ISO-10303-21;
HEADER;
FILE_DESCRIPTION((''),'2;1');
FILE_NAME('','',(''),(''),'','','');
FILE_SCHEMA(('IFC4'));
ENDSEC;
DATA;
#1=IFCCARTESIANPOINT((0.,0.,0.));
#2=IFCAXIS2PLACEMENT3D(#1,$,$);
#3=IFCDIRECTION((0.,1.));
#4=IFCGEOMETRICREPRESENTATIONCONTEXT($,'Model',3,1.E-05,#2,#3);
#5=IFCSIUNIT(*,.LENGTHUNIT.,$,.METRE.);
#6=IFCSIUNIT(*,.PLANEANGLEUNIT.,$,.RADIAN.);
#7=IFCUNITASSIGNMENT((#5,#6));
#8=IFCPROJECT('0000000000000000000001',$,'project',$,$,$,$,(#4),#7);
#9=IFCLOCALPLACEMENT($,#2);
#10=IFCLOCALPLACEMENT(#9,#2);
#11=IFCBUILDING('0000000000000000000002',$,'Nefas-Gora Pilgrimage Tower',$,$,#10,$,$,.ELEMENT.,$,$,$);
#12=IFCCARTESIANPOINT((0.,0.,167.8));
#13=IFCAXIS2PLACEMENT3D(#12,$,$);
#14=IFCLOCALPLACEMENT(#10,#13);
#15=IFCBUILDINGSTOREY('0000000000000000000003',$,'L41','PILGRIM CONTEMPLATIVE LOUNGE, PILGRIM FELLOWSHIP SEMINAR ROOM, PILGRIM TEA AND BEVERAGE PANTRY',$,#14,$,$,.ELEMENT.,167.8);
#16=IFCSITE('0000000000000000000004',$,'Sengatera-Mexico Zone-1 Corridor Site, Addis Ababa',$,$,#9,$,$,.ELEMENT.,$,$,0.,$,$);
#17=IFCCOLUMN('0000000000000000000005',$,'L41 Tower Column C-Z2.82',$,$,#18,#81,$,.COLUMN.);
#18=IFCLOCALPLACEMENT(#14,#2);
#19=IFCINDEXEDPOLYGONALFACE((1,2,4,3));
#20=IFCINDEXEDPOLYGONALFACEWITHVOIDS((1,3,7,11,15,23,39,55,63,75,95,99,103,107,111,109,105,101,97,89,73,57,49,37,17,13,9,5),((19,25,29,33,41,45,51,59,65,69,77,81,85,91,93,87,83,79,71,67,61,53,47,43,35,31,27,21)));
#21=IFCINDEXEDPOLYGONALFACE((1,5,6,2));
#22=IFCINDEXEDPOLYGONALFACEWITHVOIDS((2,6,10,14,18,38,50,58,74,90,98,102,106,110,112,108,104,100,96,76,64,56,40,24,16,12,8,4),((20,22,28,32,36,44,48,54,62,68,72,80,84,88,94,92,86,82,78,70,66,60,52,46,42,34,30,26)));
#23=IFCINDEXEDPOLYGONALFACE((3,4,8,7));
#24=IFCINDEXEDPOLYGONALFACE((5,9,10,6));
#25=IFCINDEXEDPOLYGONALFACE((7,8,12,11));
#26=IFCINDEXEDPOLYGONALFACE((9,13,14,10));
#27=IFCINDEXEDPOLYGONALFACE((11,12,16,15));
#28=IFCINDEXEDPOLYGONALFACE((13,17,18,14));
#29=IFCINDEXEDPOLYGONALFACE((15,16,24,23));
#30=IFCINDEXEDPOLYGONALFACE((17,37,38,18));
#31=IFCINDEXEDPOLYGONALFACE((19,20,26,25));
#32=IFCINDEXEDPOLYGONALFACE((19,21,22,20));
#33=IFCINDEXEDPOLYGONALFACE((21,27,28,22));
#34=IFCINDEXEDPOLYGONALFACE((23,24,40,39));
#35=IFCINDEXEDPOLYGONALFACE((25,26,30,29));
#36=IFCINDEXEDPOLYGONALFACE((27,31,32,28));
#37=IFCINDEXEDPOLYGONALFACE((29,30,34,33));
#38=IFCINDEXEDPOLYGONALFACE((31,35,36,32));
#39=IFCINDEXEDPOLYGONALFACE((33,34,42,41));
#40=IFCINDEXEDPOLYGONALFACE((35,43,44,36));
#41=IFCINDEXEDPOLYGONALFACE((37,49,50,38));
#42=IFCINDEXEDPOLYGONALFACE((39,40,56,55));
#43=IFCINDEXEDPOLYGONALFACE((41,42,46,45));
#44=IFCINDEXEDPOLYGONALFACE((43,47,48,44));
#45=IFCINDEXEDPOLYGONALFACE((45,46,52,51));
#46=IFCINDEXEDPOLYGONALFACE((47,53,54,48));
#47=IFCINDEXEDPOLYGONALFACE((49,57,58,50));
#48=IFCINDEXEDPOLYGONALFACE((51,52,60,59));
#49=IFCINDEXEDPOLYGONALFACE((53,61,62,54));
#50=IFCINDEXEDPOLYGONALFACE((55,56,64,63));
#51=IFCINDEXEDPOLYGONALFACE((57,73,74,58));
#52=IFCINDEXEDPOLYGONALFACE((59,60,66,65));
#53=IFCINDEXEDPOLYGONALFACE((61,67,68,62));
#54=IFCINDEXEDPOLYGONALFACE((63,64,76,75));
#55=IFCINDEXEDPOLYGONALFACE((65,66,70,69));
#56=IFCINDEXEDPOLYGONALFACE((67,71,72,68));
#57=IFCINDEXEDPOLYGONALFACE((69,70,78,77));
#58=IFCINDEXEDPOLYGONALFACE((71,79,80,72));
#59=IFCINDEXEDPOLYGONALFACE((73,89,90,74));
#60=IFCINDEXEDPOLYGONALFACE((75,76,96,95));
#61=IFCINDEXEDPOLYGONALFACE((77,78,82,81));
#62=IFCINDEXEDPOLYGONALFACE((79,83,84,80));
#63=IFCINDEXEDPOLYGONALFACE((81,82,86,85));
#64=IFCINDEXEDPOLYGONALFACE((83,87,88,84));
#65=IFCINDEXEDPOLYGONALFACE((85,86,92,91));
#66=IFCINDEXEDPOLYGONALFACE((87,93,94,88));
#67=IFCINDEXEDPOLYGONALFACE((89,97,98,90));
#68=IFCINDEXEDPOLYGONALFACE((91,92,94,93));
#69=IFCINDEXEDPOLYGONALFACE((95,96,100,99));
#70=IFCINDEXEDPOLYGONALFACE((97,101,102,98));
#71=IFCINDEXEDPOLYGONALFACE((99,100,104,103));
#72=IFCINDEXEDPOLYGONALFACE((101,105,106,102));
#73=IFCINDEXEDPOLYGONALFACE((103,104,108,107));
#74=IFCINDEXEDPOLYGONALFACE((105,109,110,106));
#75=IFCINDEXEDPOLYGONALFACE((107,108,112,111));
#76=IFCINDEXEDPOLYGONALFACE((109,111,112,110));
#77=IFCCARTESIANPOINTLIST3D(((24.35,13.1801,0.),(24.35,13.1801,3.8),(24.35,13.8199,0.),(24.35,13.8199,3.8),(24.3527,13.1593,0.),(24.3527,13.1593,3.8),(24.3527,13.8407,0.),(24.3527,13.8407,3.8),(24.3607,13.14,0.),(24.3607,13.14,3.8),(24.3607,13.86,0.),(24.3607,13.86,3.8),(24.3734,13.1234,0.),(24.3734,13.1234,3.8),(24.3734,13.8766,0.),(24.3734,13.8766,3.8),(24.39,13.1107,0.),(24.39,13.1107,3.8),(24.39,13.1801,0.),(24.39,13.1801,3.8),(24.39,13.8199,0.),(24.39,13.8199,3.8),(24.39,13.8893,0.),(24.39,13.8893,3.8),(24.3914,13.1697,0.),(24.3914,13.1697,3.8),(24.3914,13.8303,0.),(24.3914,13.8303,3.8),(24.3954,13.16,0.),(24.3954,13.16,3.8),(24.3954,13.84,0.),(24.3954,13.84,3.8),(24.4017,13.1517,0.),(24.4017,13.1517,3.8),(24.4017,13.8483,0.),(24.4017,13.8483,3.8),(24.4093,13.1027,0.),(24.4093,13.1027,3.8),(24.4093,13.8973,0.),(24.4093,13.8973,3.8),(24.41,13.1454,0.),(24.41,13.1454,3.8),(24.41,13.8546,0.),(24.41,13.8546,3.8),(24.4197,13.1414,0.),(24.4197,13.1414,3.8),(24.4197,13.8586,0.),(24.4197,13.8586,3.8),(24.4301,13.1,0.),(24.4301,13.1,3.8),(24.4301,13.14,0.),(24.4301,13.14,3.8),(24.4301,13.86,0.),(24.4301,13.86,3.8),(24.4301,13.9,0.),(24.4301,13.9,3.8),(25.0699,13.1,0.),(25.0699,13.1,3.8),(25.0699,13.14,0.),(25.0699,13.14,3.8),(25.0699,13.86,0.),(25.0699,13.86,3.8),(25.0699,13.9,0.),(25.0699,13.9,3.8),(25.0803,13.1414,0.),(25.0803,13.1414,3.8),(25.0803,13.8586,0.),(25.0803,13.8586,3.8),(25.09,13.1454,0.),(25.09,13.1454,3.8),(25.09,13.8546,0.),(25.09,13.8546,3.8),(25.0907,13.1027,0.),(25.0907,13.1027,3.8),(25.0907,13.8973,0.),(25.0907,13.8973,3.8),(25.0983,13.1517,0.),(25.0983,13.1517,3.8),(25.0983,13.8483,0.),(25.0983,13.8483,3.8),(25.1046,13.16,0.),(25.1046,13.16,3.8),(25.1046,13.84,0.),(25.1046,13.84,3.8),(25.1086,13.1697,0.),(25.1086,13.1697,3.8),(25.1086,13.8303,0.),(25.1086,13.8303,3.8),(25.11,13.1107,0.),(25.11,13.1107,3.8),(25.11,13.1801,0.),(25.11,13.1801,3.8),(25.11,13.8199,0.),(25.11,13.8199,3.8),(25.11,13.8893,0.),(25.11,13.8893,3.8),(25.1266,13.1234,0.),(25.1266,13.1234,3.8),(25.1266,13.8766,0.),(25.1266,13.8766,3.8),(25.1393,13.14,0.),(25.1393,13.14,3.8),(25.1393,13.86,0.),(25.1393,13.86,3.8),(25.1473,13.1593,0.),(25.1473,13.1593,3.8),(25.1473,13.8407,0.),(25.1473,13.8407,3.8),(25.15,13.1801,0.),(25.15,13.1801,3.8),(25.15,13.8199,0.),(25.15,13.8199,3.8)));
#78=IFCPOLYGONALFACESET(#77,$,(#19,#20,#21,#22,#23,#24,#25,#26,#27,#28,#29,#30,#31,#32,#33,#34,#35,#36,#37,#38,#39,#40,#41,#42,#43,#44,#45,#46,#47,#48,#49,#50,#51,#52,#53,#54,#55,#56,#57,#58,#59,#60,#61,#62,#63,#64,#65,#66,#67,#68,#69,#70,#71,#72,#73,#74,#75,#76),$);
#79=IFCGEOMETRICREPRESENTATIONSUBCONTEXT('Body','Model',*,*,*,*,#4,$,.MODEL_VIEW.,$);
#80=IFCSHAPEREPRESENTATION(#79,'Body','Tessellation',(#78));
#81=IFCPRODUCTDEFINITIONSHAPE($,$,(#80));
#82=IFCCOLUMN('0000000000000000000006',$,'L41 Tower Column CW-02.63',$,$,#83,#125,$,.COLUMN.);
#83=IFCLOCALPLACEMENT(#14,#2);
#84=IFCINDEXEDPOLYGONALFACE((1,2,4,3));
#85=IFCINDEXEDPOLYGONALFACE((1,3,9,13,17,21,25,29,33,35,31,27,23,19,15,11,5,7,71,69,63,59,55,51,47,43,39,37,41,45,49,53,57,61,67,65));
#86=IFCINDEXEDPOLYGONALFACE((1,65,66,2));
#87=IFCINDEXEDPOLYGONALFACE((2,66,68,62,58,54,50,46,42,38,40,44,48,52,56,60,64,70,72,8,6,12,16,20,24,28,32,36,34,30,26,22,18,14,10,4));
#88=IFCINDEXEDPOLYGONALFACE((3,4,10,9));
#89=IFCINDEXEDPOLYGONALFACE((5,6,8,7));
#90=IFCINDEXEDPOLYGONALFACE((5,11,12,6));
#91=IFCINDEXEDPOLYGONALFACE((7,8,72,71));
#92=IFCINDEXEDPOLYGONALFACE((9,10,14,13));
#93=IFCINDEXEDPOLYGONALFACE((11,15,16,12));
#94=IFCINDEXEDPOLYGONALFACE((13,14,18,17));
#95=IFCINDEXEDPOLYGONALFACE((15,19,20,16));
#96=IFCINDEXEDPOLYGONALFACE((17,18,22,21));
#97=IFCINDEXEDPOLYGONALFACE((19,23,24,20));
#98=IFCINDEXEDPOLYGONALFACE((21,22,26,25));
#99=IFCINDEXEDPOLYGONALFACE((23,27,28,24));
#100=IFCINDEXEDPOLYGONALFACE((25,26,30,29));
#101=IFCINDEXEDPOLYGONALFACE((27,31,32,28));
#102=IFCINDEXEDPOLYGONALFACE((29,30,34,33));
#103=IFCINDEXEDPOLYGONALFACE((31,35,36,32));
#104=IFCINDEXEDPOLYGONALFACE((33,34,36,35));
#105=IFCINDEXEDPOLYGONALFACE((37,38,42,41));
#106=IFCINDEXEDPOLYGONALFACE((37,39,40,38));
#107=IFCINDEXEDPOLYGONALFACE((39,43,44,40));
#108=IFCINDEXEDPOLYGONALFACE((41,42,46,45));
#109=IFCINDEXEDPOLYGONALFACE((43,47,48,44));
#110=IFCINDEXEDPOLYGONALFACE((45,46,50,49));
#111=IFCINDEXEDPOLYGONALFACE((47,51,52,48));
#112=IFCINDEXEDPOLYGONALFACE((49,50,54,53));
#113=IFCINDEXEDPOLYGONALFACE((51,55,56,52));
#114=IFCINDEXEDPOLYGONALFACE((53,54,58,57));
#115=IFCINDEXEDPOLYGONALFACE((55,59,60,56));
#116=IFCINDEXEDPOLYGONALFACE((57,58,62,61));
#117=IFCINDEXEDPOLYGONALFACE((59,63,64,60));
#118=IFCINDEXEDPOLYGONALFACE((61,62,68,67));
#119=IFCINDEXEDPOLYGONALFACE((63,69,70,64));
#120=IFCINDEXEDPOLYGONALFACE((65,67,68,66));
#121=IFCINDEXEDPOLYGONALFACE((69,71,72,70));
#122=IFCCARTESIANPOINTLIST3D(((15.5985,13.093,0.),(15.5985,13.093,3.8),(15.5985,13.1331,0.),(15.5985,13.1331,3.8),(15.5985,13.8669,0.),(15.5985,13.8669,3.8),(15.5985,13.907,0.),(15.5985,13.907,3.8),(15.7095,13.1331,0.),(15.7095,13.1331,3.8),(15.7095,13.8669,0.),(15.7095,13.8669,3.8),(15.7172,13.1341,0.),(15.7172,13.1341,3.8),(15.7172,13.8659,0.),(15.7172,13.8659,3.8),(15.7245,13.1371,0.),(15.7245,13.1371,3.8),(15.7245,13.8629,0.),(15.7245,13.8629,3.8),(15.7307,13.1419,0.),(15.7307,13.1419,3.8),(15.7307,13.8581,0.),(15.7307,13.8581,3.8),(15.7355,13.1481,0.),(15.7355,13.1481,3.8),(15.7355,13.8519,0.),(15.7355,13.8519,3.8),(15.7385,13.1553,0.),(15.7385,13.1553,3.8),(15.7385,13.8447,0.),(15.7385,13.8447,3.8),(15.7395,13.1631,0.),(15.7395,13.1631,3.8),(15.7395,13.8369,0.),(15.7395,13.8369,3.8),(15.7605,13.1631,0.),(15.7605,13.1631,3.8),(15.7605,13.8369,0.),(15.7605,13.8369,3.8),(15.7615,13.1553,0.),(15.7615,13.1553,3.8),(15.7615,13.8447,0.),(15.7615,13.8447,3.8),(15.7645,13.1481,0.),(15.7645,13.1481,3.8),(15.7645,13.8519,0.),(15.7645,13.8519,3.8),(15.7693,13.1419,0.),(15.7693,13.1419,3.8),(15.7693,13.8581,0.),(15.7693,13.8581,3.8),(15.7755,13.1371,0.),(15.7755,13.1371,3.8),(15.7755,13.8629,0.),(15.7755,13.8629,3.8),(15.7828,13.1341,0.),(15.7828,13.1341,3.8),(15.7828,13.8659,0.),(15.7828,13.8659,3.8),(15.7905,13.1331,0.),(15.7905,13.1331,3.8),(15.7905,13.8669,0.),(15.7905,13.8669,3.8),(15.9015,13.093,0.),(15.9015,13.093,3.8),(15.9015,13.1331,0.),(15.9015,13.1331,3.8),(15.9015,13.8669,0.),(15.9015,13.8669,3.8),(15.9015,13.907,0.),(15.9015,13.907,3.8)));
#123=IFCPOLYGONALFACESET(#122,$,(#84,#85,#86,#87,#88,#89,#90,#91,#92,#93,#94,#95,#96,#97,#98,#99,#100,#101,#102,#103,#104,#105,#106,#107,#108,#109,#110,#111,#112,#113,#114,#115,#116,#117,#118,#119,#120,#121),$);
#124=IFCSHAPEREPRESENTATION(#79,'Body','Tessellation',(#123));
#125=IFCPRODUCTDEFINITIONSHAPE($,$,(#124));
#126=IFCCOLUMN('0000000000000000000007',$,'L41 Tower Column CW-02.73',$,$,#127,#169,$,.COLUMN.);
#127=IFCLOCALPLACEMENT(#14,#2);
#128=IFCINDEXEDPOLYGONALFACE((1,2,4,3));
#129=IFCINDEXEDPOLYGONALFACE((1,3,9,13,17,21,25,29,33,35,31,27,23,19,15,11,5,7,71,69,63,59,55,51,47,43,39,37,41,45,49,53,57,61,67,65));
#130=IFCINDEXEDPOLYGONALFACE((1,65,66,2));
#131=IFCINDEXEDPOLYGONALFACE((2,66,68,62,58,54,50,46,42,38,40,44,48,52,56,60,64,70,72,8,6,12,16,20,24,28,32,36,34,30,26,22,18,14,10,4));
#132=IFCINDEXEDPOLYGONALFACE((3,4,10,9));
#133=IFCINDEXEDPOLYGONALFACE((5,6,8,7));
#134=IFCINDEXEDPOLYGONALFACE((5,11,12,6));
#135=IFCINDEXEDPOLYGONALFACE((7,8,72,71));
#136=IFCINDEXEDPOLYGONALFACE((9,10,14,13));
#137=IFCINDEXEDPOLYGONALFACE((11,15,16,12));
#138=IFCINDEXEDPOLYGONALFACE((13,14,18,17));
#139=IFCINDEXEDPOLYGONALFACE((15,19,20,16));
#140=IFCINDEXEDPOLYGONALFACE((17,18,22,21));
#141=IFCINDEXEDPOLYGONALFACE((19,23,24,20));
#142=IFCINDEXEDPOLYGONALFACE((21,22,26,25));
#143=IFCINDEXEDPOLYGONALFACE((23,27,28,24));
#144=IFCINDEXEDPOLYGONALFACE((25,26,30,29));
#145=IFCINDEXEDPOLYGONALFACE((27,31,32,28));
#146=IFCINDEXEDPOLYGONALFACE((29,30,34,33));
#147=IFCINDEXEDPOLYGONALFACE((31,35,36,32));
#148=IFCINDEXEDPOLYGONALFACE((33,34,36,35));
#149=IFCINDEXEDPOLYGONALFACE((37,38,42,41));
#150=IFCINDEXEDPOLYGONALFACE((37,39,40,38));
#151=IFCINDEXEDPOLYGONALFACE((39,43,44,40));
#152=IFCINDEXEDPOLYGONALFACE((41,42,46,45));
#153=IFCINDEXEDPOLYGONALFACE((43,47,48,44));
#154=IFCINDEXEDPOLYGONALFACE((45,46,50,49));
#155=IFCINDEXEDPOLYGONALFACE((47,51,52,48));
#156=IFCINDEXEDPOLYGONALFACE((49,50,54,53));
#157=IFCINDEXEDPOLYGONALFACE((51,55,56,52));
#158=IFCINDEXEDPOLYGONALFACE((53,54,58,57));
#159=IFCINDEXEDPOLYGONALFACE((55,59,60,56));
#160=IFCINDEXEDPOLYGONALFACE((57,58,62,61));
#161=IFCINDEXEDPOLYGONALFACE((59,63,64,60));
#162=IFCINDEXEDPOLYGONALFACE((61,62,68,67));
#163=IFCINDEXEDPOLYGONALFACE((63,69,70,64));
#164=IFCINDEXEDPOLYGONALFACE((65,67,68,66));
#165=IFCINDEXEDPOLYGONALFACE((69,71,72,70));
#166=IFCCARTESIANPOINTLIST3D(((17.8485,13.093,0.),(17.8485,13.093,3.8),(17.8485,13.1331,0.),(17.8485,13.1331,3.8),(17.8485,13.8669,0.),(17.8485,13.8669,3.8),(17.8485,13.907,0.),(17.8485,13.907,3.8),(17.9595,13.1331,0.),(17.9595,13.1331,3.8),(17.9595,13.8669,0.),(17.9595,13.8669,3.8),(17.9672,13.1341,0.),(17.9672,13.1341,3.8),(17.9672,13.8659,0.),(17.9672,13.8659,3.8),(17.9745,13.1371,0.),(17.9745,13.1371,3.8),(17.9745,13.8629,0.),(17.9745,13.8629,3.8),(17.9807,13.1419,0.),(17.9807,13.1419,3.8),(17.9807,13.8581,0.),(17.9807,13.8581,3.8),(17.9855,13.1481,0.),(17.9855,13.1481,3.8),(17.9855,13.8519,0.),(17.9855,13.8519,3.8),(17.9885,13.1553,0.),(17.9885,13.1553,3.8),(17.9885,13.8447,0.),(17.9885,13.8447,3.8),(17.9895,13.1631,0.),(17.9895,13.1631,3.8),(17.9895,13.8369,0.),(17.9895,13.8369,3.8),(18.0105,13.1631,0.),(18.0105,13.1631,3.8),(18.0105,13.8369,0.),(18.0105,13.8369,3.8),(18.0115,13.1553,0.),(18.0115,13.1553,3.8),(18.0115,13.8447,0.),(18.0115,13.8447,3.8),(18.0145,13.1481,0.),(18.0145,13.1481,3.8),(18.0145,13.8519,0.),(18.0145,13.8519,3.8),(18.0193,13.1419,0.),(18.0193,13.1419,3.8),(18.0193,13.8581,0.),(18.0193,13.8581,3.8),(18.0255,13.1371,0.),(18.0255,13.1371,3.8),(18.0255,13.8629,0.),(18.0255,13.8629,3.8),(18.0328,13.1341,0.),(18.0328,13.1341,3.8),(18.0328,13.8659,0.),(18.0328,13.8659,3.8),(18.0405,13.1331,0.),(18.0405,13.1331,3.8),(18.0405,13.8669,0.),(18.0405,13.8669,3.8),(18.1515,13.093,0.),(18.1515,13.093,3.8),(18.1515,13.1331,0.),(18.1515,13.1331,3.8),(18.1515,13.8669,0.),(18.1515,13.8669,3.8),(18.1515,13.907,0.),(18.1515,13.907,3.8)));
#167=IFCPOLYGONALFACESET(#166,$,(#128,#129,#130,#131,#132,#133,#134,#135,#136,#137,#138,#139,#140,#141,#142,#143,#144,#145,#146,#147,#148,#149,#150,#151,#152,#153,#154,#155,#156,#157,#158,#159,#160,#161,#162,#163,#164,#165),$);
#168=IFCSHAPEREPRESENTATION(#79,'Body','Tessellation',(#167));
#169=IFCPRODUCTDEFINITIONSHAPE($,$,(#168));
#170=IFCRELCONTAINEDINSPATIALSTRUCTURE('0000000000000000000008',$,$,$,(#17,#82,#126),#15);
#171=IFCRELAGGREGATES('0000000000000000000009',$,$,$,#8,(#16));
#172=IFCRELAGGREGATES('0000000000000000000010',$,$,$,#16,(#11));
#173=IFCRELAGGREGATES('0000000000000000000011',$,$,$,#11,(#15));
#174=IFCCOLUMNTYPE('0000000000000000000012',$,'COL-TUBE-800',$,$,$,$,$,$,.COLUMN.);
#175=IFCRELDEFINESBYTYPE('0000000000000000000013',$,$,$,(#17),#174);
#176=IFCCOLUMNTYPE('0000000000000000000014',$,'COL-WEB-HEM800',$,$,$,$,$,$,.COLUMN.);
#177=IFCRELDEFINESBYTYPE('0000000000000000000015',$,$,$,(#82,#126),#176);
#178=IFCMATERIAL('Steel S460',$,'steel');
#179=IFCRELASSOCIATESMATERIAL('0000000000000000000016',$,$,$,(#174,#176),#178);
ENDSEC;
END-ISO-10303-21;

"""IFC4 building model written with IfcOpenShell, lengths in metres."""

from ifc_helpers import new_model, si_unit, direction, frame, origin, origin_2d, place, context, subcontext, project, spatial, hollow_rectangle, i_section, extrude, source, transform, mapped, material, material_profile, profile_set, type_object, element, save


model = new_model("IFC4")

# Units and contexts
model_context = context("Model", 3, precision=1e-05, world=origin(), true_north=direction((0.0, 1.0)))
body_context = subcontext(model_context, "Body", "Model", "MODEL_VIEW")
ifc_project = project(units=[si_unit("LENGTHUNIT", "METRE"), si_unit("PLANEANGLEUNIT", "RADIAN")], contexts=[model_context])

# Site, building, storey
site_placement = place(None, origin())
site = spatial("IfcSite", under=ifc_project, at=site_placement, Name="Sengatera-Mexico Zone-1 Corridor Site, Addis Ababa", CompositionType="ELEMENT", RefElevation=0.0)
building_placement = place(site_placement, origin())
building = spatial("IfcBuilding", under=site, at=building_placement, Name="Nefas-Gora Pilgrimage Tower", CompositionType="ELEMENT")
storey_placement = place(building_placement, frame((0.0, 0.0, 167.8)))
storey = spatial("IfcBuildingStorey", under=building, at=storey_placement, Name="L41", Description="PILGRIM CONTEMPLATIVE LOUNGE, PILGRIM FELLOWSHIP SEMINAR ROOM, PILGRIM TEA AND BEVERAGE PANTRY", CompositionType="ELEMENT", Elevation=167.8)

# Columns
ifc_material_1 = material(Name="Steel S460", Category="steel")
ifc_material_profile_1 = material_profile(ifc_material_1, hollow_rectangle(XDim=0.8, YDim=0.8, WallThickness=0.04, InnerFilletRadius=0.04, OuterFilletRadius=0.0801, at=origin_2d()), Name="BOX 800x800x40")
ifc_profile_set_1 = profile_set([ifc_material_profile_1], Name="Steel S460")
column_type_1 = type_object("IfcColumnType", Name="COL-TUBE-800", PredefinedType="COLUMN", material=ifc_profile_set_1)
shared_shape_1 = source(origin(), body_context, "Body", "SweptSolid", [
    extrude(hollow_rectangle(XDim=0.8, YDim=0.8, WallThickness=0.04, InnerFilletRadius=0.04, OuterFilletRadius=0.0801, at=origin_2d()), origin(), (0.0, 0.0, 1.0), 3.8),
])
for number, where, z_axis, x_axis, name in (
    (1, (24.75, 13.5, 0.0), (0.0, 0.0, 1.0), (1.0, 0.0, 0.0), "L41 Tower Column C-Z2.82"),
):
    element("IfcColumn", number, at=place(storey_placement, frame(where, z_axis=z_axis, x_axis=x_axis)), inside=storey, type_object=column_type_1, Name=name, PredefinedType="COLUMN", context=body_context, shape_type="MappedRepresentation", body=[
        mapped(shared_shape_1, transform((0.0, 0.0, 0.0), x_axis=(1.0, 0.0, 0.0), y_axis=(0.0, 1.0, 0.0), z_axis=(0.0, 0.0, 1.0), scale=1.0)),
    ])
ifc_material_profile_2 = material_profile(ifc_material_1, i_section(OverallWidth=0.303, OverallDepth=0.814, WebThickness=0.021, FlangeThickness=0.04, FilletRadius=0.03, at=origin_2d()), Name="HEM 800")
ifc_profile_set_2 = profile_set([ifc_material_profile_2], Name="Steel S460")
column_type_2 = type_object("IfcColumnType", Name="COL-WEB-HEM800", PredefinedType="COLUMN", material=ifc_profile_set_2)
shared_shape_2 = source(origin(), body_context, "Body", "SweptSolid", [
    extrude(i_section(OverallWidth=0.303, OverallDepth=0.814, WebThickness=0.021, FlangeThickness=0.04, FilletRadius=0.03, at=origin_2d()), origin(), (0.0, 0.0, 1.0), 3.8),
])
for number, where, z_axis, x_axis, name in (
    (2, (15.75, 13.5, 0.0), (0.0, 0.0, 1.0), (1.0, 0.0, 0.0), "L41 Tower Column CW-02.63"),
    (3, (18.0, 13.5, 0.0), (0.0, 0.0, 1.0), (1.0, 0.0, 0.0), "L41 Tower Column CW-02.73"),
):
    element("IfcColumn", number, at=place(storey_placement, frame(where, z_axis=z_axis, x_axis=x_axis)), inside=storey, type_object=column_type_2, Name=name, PredefinedType="COLUMN", context=body_context, shape_type="MappedRepresentation", body=[
        mapped(shared_shape_2, transform((0.0, 0.0, 0.0), x_axis=(1.0, 0.0, 0.0), y_axis=(0.0, 1.0, 0.0), z_axis=(0.0, 0.0, 1.0), scale=1.0)),
    ])

save(model, "model.ifc")
